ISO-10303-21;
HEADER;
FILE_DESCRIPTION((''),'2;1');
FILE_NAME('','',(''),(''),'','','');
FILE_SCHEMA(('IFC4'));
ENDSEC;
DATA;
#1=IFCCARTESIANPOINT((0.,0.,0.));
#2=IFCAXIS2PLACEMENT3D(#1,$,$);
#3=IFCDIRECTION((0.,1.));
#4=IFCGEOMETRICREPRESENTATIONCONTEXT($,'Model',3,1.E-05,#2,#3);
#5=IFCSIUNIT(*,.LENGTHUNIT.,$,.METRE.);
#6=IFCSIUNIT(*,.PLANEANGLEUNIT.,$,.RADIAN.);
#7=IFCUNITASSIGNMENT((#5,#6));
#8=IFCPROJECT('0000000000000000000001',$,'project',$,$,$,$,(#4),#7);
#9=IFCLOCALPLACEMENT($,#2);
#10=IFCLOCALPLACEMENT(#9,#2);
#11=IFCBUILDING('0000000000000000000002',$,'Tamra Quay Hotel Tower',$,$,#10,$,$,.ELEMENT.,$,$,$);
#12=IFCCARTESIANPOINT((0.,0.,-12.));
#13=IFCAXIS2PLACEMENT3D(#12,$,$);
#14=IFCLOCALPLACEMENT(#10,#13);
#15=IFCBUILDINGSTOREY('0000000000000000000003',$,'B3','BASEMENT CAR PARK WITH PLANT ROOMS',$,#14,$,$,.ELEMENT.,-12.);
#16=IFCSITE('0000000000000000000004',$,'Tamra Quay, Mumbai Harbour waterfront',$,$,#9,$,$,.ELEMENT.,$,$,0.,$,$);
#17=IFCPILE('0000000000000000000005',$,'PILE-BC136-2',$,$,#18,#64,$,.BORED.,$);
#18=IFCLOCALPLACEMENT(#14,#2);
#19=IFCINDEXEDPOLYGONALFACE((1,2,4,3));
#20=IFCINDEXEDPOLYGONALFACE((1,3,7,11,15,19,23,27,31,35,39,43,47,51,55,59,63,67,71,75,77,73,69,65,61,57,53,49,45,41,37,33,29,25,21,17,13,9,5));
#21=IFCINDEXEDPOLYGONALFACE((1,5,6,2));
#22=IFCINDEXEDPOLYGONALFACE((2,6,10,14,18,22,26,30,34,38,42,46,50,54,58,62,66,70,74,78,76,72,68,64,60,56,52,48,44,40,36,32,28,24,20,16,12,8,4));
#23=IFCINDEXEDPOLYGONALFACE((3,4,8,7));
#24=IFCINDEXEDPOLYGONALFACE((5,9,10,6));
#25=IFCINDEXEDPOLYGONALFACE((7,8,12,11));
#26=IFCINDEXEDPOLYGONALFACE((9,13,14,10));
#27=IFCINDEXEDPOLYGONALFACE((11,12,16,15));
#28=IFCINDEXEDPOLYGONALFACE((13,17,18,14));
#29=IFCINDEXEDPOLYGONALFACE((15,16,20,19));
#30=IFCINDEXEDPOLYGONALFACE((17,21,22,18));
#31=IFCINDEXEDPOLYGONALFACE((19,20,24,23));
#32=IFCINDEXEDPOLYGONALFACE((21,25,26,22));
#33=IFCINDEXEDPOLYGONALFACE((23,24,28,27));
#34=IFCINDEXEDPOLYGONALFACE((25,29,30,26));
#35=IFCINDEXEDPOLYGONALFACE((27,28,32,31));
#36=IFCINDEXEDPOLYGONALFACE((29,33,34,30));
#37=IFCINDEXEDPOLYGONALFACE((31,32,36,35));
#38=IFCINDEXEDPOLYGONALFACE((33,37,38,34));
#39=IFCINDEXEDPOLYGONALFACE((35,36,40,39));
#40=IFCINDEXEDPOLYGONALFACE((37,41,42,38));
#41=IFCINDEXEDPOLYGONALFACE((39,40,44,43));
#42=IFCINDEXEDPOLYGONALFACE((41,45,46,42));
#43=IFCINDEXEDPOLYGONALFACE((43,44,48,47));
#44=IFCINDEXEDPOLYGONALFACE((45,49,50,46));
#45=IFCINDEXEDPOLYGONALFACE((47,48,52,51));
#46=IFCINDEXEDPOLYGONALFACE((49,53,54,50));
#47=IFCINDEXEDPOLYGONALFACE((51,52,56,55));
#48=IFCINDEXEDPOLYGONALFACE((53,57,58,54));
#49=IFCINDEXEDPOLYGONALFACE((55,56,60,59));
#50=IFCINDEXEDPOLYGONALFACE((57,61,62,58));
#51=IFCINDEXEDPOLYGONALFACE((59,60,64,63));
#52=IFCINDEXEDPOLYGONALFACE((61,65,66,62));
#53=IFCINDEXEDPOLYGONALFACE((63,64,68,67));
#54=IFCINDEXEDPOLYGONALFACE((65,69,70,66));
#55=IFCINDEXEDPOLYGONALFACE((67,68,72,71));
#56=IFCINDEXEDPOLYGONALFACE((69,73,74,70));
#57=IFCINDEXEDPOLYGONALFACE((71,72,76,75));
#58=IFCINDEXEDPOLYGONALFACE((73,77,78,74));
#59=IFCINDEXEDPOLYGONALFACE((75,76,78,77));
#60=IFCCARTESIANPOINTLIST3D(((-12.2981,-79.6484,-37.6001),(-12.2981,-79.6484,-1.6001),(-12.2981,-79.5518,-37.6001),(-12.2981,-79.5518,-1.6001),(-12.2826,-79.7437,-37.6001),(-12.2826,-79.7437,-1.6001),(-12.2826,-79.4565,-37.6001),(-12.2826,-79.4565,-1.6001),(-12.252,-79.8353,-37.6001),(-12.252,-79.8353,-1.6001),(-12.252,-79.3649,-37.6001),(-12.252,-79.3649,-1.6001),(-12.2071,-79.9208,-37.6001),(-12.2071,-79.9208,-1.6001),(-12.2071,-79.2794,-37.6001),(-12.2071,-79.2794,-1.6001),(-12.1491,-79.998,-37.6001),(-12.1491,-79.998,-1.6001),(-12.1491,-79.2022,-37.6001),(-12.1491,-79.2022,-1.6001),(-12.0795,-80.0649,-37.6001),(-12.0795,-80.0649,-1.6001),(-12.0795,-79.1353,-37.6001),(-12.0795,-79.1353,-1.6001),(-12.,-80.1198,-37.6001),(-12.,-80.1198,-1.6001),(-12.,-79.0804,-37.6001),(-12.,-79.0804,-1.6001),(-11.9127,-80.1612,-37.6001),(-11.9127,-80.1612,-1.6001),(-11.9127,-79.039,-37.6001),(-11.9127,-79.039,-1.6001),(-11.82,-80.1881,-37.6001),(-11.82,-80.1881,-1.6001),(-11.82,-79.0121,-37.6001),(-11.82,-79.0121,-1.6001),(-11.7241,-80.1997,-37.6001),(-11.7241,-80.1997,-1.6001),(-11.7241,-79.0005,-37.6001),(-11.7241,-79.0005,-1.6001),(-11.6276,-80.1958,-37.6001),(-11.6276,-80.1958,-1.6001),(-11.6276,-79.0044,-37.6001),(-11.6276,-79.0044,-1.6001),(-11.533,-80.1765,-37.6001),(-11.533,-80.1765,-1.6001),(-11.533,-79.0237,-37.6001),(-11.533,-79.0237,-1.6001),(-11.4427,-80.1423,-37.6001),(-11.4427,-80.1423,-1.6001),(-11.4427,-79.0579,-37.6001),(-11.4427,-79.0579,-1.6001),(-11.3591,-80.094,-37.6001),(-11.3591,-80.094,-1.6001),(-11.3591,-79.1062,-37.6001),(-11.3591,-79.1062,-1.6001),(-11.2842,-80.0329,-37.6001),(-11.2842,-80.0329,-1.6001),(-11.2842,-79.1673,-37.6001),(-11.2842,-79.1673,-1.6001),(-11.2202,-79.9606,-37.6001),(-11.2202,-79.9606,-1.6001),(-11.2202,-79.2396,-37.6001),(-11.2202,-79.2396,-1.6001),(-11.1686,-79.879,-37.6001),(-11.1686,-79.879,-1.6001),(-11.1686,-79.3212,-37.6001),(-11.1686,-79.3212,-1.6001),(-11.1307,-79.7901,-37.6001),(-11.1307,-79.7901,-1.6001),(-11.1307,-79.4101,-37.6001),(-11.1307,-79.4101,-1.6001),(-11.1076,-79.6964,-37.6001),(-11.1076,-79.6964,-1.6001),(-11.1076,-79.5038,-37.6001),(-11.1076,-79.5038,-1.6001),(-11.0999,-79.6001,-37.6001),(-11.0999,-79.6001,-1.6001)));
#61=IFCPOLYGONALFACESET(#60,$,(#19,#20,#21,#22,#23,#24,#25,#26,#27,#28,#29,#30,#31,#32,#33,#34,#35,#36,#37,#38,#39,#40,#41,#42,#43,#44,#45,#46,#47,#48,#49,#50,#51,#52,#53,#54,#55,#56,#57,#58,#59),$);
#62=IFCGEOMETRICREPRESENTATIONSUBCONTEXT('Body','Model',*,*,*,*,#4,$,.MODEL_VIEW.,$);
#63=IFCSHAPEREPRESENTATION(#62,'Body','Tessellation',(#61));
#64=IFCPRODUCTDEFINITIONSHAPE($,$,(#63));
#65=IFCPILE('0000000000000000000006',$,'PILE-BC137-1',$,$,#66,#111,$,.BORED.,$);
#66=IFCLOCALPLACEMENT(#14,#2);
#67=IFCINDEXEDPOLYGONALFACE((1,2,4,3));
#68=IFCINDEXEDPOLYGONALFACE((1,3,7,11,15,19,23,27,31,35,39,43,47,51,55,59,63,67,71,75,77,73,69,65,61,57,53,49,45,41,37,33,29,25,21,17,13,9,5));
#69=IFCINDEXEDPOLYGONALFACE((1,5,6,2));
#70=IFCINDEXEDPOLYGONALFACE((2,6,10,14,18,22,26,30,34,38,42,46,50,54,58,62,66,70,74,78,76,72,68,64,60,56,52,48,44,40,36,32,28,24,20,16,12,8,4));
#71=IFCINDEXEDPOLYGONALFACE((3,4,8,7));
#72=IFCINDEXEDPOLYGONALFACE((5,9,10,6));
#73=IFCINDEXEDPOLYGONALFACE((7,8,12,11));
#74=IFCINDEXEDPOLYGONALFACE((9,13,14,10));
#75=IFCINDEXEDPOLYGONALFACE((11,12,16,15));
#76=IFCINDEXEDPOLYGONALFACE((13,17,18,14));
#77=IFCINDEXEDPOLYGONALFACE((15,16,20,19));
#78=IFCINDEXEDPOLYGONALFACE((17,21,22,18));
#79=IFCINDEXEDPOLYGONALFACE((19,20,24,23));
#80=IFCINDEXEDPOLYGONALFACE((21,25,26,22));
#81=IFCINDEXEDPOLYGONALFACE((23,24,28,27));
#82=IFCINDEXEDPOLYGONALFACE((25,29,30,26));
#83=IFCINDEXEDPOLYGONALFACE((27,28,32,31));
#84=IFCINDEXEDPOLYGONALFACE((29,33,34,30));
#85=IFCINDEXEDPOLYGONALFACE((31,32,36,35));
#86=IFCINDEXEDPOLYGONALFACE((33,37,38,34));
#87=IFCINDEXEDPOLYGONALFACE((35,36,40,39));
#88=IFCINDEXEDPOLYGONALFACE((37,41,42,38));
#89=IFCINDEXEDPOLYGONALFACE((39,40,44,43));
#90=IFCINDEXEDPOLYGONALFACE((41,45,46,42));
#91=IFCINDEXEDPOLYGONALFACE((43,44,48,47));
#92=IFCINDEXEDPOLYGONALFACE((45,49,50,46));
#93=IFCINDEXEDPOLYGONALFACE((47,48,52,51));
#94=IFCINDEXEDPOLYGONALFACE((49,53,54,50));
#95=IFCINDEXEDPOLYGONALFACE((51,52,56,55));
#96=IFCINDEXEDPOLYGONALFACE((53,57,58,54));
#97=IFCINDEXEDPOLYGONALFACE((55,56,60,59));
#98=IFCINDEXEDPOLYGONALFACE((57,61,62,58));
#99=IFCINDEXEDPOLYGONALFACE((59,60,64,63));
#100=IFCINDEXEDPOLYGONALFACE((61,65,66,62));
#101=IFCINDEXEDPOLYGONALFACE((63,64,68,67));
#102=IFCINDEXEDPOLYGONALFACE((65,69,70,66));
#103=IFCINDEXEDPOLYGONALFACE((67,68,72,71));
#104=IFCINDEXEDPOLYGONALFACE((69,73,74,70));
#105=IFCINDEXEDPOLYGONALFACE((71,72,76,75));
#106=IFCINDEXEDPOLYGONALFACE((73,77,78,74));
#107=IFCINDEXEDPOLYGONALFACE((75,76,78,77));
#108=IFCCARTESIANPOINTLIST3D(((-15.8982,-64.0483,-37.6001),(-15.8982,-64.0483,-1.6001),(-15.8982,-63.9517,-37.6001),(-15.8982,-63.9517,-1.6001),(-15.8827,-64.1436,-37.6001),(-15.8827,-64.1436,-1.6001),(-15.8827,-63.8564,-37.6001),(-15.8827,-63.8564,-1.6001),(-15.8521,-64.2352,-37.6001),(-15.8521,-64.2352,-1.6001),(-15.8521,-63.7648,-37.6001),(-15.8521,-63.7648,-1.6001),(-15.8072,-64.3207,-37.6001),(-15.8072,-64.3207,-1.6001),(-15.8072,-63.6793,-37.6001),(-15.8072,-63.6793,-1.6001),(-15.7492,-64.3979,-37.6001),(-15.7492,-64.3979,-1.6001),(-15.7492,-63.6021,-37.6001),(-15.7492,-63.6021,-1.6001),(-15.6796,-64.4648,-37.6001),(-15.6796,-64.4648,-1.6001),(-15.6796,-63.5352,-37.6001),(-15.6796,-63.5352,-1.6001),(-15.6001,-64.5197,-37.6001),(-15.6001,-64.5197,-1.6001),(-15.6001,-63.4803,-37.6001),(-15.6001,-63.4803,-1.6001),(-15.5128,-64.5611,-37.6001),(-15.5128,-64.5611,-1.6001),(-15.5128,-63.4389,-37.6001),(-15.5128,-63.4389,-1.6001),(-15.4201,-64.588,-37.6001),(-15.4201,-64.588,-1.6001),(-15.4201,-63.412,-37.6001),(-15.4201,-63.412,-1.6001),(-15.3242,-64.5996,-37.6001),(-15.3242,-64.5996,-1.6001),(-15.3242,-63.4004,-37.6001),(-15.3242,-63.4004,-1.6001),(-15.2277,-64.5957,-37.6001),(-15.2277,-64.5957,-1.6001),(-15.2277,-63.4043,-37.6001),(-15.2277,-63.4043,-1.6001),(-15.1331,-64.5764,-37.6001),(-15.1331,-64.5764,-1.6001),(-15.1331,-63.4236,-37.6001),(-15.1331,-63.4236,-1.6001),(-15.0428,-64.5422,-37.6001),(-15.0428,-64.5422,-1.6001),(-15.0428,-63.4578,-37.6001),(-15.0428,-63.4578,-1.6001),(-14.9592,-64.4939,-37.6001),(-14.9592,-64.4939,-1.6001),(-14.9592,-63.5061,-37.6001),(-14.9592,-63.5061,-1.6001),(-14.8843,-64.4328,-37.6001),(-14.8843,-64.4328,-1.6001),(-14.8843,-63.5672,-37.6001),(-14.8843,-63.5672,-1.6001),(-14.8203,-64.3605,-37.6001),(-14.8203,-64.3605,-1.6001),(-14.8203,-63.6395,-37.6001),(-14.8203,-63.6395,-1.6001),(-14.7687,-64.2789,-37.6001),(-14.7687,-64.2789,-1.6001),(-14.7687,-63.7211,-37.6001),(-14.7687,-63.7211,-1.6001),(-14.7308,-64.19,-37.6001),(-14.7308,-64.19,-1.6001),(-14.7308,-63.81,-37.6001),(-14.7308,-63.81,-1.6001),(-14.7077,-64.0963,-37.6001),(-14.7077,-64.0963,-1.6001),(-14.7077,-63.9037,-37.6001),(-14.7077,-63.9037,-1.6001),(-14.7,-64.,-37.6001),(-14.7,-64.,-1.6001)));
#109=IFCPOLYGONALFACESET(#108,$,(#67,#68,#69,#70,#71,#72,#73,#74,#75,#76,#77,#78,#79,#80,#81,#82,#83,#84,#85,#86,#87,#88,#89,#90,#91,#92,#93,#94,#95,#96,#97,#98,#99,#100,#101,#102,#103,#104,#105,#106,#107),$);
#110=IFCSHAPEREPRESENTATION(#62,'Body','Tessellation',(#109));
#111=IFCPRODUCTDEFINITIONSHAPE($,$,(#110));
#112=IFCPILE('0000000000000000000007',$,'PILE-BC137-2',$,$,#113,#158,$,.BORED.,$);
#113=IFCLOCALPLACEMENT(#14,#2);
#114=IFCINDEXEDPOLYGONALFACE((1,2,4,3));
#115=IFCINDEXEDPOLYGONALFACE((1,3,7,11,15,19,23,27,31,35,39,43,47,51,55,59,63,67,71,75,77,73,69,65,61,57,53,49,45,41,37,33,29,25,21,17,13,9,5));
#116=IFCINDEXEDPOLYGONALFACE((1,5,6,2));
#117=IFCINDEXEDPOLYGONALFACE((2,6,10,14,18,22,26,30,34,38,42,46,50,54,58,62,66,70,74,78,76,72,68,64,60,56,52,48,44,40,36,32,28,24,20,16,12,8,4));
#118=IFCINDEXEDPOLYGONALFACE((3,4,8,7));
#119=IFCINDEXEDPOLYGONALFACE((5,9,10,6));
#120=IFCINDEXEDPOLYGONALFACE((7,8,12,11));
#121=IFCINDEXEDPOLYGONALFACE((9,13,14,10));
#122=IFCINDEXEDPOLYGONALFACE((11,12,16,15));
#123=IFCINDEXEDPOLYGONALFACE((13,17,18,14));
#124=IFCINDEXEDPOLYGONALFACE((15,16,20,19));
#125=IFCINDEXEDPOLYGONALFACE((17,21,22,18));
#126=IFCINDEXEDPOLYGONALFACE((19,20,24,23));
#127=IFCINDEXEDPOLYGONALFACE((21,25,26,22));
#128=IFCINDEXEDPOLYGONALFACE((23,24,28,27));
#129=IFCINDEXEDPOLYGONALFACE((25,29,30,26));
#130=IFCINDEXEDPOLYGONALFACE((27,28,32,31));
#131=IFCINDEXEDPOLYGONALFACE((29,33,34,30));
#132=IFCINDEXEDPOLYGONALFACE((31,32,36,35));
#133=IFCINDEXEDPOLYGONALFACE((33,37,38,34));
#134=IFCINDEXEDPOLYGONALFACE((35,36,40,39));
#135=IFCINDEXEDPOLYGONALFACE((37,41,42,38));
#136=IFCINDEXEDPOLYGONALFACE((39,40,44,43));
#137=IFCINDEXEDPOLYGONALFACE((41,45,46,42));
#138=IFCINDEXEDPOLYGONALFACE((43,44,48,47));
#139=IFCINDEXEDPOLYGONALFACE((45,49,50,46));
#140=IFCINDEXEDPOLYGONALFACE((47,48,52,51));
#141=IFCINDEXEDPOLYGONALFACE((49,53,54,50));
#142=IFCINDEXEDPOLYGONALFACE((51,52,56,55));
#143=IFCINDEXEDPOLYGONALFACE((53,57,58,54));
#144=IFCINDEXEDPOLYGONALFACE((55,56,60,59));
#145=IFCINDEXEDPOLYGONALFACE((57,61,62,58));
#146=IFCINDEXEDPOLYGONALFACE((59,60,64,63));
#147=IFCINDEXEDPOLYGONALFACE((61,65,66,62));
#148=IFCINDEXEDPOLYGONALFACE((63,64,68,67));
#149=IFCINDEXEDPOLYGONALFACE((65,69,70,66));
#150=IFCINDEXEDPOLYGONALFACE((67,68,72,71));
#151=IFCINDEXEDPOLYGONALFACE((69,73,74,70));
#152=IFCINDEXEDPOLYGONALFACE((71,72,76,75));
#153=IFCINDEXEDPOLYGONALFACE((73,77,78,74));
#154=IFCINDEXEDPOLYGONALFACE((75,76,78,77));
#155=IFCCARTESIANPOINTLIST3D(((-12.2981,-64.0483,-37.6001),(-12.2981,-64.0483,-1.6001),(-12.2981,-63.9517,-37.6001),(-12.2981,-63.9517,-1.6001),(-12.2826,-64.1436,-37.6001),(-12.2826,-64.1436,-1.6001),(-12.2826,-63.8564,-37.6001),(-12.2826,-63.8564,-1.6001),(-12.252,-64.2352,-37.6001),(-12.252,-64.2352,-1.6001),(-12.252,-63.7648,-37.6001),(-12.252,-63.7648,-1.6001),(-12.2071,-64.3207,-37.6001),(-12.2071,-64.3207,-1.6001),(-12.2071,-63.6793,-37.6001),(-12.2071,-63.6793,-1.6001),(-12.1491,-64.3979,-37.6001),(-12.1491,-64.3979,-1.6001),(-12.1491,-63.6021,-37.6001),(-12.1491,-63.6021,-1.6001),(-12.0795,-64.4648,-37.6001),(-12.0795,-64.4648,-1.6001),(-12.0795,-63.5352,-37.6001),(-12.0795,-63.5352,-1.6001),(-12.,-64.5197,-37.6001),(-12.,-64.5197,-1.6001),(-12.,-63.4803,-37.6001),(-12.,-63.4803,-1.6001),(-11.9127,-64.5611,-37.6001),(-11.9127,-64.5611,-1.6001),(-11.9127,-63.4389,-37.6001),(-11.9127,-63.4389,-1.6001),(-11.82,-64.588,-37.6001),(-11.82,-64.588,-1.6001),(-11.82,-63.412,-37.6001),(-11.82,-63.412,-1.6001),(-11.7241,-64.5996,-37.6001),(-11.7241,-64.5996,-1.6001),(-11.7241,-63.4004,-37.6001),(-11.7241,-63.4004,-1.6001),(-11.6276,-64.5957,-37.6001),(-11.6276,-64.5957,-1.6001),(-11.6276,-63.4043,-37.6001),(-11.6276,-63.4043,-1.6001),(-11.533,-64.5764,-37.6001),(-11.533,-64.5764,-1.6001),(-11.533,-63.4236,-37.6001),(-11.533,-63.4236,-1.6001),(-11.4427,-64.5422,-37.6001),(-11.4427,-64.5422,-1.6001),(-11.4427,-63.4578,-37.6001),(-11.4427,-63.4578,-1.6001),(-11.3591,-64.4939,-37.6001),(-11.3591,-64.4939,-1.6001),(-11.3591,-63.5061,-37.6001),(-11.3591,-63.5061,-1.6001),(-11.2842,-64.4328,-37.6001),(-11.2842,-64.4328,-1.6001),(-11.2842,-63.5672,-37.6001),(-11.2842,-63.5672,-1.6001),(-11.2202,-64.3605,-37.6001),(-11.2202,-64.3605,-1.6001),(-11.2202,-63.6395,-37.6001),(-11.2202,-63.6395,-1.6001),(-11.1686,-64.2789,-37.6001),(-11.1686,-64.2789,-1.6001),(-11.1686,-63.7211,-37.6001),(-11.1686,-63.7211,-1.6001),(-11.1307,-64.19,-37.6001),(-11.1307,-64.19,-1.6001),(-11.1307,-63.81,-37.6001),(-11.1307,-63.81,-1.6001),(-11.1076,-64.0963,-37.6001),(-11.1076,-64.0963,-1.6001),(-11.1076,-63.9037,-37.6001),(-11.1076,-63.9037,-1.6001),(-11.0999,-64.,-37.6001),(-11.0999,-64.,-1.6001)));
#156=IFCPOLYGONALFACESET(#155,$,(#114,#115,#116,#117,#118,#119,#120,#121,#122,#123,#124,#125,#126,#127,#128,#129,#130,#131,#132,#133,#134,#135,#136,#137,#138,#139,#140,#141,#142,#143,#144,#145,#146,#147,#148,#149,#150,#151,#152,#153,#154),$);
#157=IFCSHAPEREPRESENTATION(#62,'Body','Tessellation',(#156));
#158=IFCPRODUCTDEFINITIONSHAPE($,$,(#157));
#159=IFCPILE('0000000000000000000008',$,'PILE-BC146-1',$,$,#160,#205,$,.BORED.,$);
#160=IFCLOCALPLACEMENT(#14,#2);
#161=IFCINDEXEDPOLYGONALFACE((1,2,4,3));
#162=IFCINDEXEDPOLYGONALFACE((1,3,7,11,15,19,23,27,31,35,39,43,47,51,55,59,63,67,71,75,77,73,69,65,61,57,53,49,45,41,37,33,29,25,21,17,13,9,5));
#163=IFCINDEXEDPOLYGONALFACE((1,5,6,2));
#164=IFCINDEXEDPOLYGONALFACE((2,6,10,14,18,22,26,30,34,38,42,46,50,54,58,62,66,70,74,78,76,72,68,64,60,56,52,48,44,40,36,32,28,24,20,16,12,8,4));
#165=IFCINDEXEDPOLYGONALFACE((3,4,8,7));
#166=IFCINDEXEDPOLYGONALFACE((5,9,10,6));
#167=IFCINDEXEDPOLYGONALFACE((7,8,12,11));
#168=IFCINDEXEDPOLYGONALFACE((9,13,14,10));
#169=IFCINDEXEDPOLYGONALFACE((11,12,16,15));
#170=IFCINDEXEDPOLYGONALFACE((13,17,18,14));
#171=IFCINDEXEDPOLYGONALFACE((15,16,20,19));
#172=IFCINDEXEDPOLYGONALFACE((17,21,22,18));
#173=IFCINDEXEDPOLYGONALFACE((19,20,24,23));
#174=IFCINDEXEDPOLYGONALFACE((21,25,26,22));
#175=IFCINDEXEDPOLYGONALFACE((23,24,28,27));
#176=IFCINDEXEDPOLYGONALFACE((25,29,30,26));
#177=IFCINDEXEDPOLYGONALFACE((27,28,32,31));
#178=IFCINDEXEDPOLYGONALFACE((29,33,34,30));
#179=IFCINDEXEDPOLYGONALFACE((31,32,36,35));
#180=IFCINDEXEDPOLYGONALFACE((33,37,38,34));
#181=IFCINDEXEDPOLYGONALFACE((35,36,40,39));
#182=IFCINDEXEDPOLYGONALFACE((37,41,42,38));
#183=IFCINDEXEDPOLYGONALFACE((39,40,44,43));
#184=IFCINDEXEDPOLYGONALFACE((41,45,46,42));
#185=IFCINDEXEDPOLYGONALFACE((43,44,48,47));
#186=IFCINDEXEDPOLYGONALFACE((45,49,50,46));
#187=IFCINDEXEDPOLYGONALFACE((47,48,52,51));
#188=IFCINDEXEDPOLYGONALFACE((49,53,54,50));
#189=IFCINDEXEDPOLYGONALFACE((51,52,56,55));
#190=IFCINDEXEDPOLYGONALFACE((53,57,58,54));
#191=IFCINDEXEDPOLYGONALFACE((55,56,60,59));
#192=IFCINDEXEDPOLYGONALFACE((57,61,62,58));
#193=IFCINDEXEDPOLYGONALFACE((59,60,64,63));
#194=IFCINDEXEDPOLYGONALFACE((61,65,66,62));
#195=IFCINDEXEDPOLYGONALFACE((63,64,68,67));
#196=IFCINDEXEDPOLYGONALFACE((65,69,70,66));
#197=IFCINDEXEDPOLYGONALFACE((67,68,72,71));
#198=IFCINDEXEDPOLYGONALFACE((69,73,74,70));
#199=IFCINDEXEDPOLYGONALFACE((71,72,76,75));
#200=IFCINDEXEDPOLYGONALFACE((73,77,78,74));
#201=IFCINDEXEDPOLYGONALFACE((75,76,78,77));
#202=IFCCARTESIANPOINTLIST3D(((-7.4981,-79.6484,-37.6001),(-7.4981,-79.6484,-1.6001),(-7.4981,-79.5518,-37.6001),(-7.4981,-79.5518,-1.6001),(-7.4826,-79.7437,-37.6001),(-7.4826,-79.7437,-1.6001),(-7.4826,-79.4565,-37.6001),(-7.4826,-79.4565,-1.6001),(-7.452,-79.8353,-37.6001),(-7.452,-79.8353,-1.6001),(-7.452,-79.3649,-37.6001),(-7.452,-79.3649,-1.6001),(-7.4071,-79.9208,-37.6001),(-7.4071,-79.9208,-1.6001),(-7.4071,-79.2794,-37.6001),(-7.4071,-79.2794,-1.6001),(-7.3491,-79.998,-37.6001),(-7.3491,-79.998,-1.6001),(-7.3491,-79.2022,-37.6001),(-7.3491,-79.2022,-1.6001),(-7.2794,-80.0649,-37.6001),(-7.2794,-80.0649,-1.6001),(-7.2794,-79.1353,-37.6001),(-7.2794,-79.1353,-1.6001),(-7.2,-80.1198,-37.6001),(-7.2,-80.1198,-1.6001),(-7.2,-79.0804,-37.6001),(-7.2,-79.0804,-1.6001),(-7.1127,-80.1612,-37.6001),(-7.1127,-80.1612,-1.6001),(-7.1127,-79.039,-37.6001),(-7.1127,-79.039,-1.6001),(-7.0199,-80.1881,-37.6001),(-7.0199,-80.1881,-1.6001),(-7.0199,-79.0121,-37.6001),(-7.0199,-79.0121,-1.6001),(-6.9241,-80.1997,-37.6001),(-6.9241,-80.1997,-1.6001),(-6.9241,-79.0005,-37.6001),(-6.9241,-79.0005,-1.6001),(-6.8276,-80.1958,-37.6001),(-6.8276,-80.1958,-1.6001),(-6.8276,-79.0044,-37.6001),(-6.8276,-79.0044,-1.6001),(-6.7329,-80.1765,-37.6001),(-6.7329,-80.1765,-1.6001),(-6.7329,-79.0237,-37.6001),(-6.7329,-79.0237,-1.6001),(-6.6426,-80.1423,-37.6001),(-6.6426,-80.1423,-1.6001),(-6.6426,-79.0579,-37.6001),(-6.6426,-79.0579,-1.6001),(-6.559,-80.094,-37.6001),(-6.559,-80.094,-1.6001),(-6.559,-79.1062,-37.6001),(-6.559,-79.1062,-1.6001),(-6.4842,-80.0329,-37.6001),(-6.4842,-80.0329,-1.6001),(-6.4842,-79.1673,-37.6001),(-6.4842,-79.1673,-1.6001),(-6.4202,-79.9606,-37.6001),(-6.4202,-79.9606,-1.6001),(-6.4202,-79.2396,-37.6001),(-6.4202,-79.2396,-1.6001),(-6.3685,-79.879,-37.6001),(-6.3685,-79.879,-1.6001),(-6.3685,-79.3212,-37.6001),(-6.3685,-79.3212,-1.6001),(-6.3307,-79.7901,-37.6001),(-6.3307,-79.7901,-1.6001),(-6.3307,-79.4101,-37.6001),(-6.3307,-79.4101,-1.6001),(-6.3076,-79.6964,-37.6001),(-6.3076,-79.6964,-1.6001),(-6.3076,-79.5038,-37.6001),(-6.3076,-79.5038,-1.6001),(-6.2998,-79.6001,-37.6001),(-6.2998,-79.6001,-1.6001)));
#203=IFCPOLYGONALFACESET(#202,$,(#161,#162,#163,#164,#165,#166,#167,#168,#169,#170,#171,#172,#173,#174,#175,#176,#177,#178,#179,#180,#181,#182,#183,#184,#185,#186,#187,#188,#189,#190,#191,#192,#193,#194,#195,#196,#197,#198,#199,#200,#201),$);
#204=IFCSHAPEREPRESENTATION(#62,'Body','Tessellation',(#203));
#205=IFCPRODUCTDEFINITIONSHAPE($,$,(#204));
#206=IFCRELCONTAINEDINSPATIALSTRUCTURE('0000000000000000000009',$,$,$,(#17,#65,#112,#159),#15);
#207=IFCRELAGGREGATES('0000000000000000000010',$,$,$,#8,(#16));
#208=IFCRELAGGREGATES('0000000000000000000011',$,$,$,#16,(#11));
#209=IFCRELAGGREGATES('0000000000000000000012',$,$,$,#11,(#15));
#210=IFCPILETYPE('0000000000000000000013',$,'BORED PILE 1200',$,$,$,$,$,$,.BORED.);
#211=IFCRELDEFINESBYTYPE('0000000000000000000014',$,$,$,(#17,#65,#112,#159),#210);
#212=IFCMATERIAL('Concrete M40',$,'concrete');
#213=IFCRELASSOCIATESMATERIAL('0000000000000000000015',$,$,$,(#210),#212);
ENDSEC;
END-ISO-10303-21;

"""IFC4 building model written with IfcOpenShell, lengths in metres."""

from ifc_helpers import new_model, si_unit, direction, frame, origin, origin_2d, place, context, subcontext, project, spatial, circle, extrude, material, material_profile, profile_set, type_object, element, save


model = new_model("IFC4")

# Units and contexts
model_context = context("Model", 3, precision=1e-05, world=origin(), true_north=direction((0.0, 1.0)))
body_context = subcontext(model_context, "Body", "Model", "MODEL_VIEW")
ifc_project = project(units=[si_unit("LENGTHUNIT", "METRE"), si_unit("PLANEANGLEUNIT", "RADIAN")], contexts=[model_context])

# Site, building, storey
site_placement = place(None, origin())
site = spatial("IfcSite", under=ifc_project, at=site_placement, Name="Tamra Quay, Mumbai Harbour waterfront", CompositionType="ELEMENT", RefElevation=0.0)
building_placement = place(site_placement, origin())
building = spatial("IfcBuilding", under=site, at=building_placement, Name="Tamra Quay Hotel Tower", CompositionType="ELEMENT")
storey_placement = place(building_placement, frame((0.0, 0.0, -12.0)))
storey = spatial("IfcBuildingStorey", under=building, at=storey_placement, Name="B3", Description="BASEMENT CAR PARK WITH PLANT ROOMS", CompositionType="ELEMENT", Elevation=-12.0)

# Piles
ifc_material_1 = material(Name="Concrete M40", Category="concrete")
ifc_material_profile_1 = material_profile(ifc_material_1, circle(Radius=0.6001, at=origin_2d()), Name="BORED PILE 1200")
ifc_profile_set_1 = profile_set([ifc_material_profile_1], Name="Concrete M40")
pile_type = type_object("IfcPileType", Name="BORED PILE 1200", PredefinedType="BORED", material=ifc_profile_set_1)
for number, where, z_axis, x_axis, name in (
    (1, (-11.7, -79.6001, -1.6001), (0.0, 0.0, -1.0), (1.0, 0.0, 0.0), "PILE-BC136-2"),
    (2, (-15.3, -64.0, -1.6001), (0.0, 0.0, -1.0), (1.0, 0.0, 0.0), "PILE-BC137-1"),
    (3, (-11.7, -64.0, -1.6001), (0.0, 0.0, -1.0), (1.0, 0.0, 0.0), "PILE-BC137-2"),
    (4, (-6.8999, -79.6001, -1.6001), (0.0, 0.0, -1.0), (1.0, 0.0, 0.0), "PILE-BC146-1"),
):
    element("IfcPile", number, at=place(storey_placement, frame(where, z_axis=z_axis, x_axis=x_axis)), inside=storey, type_object=pile_type, Name=name, PredefinedType="BORED", context=body_context, shape_type="SweptSolid", body=[
        extrude(circle(Radius=0.6001, at=origin_2d()), origin(), (0.0, 0.0, 1.0), 36.0),
    ])

save(model, "model.ifc")
